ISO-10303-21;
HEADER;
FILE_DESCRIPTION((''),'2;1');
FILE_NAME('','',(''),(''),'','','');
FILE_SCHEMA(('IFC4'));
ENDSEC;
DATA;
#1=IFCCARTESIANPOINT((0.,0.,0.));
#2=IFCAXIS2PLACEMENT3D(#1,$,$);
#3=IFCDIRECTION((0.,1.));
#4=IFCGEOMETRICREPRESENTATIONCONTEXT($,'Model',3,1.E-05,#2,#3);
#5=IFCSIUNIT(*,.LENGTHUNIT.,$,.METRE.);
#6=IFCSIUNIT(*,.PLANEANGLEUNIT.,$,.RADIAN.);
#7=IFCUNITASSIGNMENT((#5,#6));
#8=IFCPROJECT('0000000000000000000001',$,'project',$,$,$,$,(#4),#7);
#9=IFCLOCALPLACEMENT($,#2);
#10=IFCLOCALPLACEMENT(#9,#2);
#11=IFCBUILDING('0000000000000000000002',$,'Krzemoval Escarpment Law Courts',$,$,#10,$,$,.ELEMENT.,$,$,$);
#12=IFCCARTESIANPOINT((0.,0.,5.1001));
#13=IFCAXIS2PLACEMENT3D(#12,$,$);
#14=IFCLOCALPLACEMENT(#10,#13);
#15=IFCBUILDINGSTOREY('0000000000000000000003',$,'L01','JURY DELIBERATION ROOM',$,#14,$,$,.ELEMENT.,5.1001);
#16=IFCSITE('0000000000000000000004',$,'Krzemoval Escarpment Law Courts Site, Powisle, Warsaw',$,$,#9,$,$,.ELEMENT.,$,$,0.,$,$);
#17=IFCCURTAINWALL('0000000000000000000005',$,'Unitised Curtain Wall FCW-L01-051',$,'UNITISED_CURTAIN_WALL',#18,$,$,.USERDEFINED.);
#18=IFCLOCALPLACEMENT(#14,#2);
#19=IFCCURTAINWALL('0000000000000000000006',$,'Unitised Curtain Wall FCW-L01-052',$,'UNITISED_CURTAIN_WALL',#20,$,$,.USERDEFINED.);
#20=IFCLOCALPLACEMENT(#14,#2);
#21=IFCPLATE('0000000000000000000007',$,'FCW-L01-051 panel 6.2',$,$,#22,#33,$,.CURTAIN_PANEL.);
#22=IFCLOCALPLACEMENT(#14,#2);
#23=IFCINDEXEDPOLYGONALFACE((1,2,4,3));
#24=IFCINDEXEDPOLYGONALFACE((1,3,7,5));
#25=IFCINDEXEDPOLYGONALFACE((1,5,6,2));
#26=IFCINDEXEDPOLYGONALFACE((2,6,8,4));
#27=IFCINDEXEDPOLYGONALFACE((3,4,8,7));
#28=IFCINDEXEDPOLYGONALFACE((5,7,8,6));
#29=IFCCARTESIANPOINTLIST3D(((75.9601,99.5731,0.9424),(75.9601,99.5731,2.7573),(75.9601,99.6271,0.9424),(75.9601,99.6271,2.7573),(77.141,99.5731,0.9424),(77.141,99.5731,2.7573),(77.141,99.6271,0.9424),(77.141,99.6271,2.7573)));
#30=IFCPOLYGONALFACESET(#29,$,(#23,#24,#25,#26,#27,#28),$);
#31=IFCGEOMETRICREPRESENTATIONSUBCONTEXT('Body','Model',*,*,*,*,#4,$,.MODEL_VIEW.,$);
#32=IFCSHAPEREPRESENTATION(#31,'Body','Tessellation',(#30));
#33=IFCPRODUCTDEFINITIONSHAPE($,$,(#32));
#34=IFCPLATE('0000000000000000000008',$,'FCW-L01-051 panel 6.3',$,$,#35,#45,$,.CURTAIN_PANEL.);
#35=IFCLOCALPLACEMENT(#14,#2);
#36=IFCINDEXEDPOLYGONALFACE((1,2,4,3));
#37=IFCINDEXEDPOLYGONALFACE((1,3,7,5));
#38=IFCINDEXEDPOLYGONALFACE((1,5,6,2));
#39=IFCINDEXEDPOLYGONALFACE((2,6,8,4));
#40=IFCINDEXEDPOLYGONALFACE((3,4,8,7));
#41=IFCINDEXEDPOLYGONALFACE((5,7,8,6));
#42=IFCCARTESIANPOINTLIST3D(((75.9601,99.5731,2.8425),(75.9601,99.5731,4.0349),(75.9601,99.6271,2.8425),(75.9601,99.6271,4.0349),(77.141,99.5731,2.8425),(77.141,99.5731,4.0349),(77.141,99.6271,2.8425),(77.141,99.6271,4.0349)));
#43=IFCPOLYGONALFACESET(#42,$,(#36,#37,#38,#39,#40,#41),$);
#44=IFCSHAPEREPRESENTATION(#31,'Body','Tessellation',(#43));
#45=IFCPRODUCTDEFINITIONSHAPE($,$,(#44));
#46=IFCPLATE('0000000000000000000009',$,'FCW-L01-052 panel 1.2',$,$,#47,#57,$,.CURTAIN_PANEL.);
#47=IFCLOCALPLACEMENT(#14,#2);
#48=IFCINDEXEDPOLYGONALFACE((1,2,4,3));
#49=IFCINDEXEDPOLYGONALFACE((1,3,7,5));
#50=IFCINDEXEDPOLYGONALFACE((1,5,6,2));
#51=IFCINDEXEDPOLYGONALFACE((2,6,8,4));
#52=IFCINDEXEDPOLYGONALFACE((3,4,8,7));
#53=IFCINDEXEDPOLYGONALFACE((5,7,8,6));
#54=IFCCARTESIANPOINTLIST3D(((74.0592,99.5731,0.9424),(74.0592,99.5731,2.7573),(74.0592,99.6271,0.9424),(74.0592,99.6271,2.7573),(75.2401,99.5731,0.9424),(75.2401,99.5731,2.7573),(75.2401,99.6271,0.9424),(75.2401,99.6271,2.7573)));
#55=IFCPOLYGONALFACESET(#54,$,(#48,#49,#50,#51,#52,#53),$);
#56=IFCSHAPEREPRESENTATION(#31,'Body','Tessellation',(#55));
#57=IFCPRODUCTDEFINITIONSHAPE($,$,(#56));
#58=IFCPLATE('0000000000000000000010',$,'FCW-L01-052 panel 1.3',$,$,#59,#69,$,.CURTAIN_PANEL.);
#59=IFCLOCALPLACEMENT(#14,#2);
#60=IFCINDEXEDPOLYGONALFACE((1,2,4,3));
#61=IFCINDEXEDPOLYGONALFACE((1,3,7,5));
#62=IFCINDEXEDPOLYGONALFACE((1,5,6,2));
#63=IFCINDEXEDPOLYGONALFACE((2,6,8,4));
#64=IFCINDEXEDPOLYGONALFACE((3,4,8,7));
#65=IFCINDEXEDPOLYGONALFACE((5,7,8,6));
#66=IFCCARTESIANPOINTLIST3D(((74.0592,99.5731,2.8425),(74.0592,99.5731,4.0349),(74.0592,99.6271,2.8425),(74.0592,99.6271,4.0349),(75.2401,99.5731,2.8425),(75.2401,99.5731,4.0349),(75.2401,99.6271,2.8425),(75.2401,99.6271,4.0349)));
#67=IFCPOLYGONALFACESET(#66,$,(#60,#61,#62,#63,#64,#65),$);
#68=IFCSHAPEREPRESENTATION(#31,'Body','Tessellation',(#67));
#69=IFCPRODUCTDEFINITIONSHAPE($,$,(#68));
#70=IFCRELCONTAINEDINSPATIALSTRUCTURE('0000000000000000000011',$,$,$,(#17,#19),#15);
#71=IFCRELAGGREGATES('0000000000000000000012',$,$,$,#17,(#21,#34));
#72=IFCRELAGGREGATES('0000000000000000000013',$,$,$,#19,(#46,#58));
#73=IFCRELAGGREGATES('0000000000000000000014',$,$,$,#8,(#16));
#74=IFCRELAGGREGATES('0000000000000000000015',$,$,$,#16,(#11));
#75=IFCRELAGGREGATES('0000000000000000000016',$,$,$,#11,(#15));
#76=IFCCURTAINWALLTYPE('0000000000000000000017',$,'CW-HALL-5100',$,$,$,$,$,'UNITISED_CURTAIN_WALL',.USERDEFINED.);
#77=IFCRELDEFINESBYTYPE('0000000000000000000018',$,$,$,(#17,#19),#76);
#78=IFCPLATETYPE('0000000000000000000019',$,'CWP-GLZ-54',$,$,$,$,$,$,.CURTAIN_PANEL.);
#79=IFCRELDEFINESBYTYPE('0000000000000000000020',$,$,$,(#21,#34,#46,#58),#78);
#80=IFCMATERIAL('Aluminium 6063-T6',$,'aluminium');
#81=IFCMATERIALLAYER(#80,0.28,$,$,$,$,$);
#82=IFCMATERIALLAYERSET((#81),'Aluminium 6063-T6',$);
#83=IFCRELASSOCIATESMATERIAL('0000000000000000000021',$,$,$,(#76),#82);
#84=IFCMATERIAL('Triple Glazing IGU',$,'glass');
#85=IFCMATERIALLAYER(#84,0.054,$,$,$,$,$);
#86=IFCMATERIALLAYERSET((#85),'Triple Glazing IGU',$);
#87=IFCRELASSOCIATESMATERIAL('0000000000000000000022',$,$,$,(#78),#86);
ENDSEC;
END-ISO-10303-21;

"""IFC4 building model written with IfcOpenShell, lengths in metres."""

from ifc_helpers import new_model, si_unit, direction, frame, origin, origin_2d, place, context, subcontext, project, spatial, rectangle, extrude, material, layer, layer_set, type_object, element, aggregate, save


model = new_model("IFC4")

# Units and contexts
model_context = context("Model", 3, precision=1e-05, world=origin(), true_north=direction((0.0, 1.0)))
body_context = subcontext(model_context, "Body", "Model", "MODEL_VIEW")
ifc_project = project(units=[si_unit("LENGTHUNIT", "METRE"), si_unit("PLANEANGLEUNIT", "RADIAN")], contexts=[model_context])

# Site, building, storey
site_placement = place(None, origin())
site = spatial("IfcSite", under=ifc_project, at=site_placement, Name="Krzemoval Escarpment Law Courts Site, Powisle, Warsaw", CompositionType="ELEMENT", RefElevation=0.0)
building_placement = place(site_placement, origin())
building = spatial("IfcBuilding", under=site, at=building_placement, Name="Krzemoval Escarpment Law Courts", CompositionType="ELEMENT")
storey_placement = place(building_placement, frame((0.0, 0.0, 5.1001)))
storey = spatial("IfcBuildingStorey", under=building, at=storey_placement, Name="L01", Description="JURY DELIBERATION ROOM", CompositionType="ELEMENT", Elevation=5.1001)

# Curtain walls
ifc_material_1 = material(Name="Aluminium 6063-T6", Category="aluminium")
ifc_layer_1 = layer(ifc_material_1, 0.28)
ifc_layer_set_1 = layer_set([ifc_layer_1], Name="Aluminium 6063-T6")
curtain_wall_type = type_object("IfcCurtainWallType", Name="CW-HALL-5100", ElementType="UNITISED_CURTAIN_WALL", PredefinedType="USERDEFINED", material=ifc_layer_set_1)
curtain_wall_1_placement = place(storey_placement, origin())
curtain_wall_1 = element("IfcCurtainWall", 1, at=curtain_wall_1_placement, inside=storey, type_object=curtain_wall_type, Name="Unitised Curtain Wall FCW-L01-051", ObjectType="UNITISED_CURTAIN_WALL", PredefinedType="USERDEFINED")
curtain_wall_2_placement = place(storey_placement, origin())
curtain_wall_2 = element("IfcCurtainWall", 2, at=curtain_wall_2_placement, inside=storey, type_object=curtain_wall_type, Name="Unitised Curtain Wall FCW-L01-052", ObjectType="UNITISED_CURTAIN_WALL", PredefinedType="USERDEFINED")

# Plates
ifc_material_2 = material(Name="Triple Glazing IGU", Category="glass")
ifc_layer_2 = layer(ifc_material_2, 0.054)
ifc_layer_set_2 = layer_set([ifc_layer_2], Name="Triple Glazing IGU")
plate_type = type_object("IfcPlateType", Name="CWP-GLZ-54", PredefinedType="CURTAIN_PANEL", material=ifc_layer_set_2)
plate_1_placement = place(storey_placement, frame((76.5505, 99.6001, 0.9424), z_axis=(0.0, 0.0, 1.0), x_axis=(-1.0, 0.0, 0.0)))
plate_1 = element("IfcPlate", 3, at=plate_1_placement, type_object=plate_type, Name="FCW-L01-051 panel 6.2", PredefinedType="CURTAIN_PANEL", context=body_context, shape_type="SweptSolid", body=[
    extrude(rectangle(XDim=1.1809, YDim=0.054, at=origin_2d()), origin(), (0.0, 0.0, 1.0), 1.8149),
])
plate_2_placement = place(storey_placement, frame((76.5505, 99.6001, 2.8425), z_axis=(0.0, 0.0, 1.0), x_axis=(-1.0, 0.0, 0.0)))
plate_2 = element("IfcPlate", 4, at=plate_2_placement, type_object=plate_type, Name="FCW-L01-051 panel 6.3", PredefinedType="CURTAIN_PANEL", context=body_context, shape_type="SweptSolid", body=[
    extrude(rectangle(XDim=1.1809, YDim=0.054, at=origin_2d()), origin(), (0.0, 0.0, 1.0), 1.1924),
])
aggregate(curtain_wall_1, [plate_1, plate_2])
plate_3_placement = place(storey_placement, frame((74.6497, 99.6001, 0.9424), z_axis=(0.0, 0.0, 1.0), x_axis=(-1.0, 0.0, 0.0)))
plate_3 = element("IfcPlate", 5, at=plate_3_placement, type_object=plate_type, Name="FCW-L01-052 panel 1.2", PredefinedType="CURTAIN_PANEL", context=body_context, shape_type="SweptSolid", body=[
    extrude(rectangle(XDim=1.1809, YDim=0.054, at=origin_2d()), origin(), (0.0, 0.0, 1.0), 1.8149),
])
plate_4_placement = place(storey_placement, frame((74.6497, 99.6001, 2.8425), z_axis=(0.0, 0.0, 1.0), x_axis=(-1.0, 0.0, 0.0)))
plate_4 = element("IfcPlate", 6, at=plate_4_placement, type_object=plate_type, Name="FCW-L01-052 panel 1.3", PredefinedType="CURTAIN_PANEL", context=body_context, shape_type="SweptSolid", body=[
    extrude(rectangle(XDim=1.1809, YDim=0.054, at=origin_2d()), origin(), (0.0, 0.0, 1.0), 1.1924),
])
aggregate(curtain_wall_2, [plate_3, plate_4])

save(model, "model.ifc")
